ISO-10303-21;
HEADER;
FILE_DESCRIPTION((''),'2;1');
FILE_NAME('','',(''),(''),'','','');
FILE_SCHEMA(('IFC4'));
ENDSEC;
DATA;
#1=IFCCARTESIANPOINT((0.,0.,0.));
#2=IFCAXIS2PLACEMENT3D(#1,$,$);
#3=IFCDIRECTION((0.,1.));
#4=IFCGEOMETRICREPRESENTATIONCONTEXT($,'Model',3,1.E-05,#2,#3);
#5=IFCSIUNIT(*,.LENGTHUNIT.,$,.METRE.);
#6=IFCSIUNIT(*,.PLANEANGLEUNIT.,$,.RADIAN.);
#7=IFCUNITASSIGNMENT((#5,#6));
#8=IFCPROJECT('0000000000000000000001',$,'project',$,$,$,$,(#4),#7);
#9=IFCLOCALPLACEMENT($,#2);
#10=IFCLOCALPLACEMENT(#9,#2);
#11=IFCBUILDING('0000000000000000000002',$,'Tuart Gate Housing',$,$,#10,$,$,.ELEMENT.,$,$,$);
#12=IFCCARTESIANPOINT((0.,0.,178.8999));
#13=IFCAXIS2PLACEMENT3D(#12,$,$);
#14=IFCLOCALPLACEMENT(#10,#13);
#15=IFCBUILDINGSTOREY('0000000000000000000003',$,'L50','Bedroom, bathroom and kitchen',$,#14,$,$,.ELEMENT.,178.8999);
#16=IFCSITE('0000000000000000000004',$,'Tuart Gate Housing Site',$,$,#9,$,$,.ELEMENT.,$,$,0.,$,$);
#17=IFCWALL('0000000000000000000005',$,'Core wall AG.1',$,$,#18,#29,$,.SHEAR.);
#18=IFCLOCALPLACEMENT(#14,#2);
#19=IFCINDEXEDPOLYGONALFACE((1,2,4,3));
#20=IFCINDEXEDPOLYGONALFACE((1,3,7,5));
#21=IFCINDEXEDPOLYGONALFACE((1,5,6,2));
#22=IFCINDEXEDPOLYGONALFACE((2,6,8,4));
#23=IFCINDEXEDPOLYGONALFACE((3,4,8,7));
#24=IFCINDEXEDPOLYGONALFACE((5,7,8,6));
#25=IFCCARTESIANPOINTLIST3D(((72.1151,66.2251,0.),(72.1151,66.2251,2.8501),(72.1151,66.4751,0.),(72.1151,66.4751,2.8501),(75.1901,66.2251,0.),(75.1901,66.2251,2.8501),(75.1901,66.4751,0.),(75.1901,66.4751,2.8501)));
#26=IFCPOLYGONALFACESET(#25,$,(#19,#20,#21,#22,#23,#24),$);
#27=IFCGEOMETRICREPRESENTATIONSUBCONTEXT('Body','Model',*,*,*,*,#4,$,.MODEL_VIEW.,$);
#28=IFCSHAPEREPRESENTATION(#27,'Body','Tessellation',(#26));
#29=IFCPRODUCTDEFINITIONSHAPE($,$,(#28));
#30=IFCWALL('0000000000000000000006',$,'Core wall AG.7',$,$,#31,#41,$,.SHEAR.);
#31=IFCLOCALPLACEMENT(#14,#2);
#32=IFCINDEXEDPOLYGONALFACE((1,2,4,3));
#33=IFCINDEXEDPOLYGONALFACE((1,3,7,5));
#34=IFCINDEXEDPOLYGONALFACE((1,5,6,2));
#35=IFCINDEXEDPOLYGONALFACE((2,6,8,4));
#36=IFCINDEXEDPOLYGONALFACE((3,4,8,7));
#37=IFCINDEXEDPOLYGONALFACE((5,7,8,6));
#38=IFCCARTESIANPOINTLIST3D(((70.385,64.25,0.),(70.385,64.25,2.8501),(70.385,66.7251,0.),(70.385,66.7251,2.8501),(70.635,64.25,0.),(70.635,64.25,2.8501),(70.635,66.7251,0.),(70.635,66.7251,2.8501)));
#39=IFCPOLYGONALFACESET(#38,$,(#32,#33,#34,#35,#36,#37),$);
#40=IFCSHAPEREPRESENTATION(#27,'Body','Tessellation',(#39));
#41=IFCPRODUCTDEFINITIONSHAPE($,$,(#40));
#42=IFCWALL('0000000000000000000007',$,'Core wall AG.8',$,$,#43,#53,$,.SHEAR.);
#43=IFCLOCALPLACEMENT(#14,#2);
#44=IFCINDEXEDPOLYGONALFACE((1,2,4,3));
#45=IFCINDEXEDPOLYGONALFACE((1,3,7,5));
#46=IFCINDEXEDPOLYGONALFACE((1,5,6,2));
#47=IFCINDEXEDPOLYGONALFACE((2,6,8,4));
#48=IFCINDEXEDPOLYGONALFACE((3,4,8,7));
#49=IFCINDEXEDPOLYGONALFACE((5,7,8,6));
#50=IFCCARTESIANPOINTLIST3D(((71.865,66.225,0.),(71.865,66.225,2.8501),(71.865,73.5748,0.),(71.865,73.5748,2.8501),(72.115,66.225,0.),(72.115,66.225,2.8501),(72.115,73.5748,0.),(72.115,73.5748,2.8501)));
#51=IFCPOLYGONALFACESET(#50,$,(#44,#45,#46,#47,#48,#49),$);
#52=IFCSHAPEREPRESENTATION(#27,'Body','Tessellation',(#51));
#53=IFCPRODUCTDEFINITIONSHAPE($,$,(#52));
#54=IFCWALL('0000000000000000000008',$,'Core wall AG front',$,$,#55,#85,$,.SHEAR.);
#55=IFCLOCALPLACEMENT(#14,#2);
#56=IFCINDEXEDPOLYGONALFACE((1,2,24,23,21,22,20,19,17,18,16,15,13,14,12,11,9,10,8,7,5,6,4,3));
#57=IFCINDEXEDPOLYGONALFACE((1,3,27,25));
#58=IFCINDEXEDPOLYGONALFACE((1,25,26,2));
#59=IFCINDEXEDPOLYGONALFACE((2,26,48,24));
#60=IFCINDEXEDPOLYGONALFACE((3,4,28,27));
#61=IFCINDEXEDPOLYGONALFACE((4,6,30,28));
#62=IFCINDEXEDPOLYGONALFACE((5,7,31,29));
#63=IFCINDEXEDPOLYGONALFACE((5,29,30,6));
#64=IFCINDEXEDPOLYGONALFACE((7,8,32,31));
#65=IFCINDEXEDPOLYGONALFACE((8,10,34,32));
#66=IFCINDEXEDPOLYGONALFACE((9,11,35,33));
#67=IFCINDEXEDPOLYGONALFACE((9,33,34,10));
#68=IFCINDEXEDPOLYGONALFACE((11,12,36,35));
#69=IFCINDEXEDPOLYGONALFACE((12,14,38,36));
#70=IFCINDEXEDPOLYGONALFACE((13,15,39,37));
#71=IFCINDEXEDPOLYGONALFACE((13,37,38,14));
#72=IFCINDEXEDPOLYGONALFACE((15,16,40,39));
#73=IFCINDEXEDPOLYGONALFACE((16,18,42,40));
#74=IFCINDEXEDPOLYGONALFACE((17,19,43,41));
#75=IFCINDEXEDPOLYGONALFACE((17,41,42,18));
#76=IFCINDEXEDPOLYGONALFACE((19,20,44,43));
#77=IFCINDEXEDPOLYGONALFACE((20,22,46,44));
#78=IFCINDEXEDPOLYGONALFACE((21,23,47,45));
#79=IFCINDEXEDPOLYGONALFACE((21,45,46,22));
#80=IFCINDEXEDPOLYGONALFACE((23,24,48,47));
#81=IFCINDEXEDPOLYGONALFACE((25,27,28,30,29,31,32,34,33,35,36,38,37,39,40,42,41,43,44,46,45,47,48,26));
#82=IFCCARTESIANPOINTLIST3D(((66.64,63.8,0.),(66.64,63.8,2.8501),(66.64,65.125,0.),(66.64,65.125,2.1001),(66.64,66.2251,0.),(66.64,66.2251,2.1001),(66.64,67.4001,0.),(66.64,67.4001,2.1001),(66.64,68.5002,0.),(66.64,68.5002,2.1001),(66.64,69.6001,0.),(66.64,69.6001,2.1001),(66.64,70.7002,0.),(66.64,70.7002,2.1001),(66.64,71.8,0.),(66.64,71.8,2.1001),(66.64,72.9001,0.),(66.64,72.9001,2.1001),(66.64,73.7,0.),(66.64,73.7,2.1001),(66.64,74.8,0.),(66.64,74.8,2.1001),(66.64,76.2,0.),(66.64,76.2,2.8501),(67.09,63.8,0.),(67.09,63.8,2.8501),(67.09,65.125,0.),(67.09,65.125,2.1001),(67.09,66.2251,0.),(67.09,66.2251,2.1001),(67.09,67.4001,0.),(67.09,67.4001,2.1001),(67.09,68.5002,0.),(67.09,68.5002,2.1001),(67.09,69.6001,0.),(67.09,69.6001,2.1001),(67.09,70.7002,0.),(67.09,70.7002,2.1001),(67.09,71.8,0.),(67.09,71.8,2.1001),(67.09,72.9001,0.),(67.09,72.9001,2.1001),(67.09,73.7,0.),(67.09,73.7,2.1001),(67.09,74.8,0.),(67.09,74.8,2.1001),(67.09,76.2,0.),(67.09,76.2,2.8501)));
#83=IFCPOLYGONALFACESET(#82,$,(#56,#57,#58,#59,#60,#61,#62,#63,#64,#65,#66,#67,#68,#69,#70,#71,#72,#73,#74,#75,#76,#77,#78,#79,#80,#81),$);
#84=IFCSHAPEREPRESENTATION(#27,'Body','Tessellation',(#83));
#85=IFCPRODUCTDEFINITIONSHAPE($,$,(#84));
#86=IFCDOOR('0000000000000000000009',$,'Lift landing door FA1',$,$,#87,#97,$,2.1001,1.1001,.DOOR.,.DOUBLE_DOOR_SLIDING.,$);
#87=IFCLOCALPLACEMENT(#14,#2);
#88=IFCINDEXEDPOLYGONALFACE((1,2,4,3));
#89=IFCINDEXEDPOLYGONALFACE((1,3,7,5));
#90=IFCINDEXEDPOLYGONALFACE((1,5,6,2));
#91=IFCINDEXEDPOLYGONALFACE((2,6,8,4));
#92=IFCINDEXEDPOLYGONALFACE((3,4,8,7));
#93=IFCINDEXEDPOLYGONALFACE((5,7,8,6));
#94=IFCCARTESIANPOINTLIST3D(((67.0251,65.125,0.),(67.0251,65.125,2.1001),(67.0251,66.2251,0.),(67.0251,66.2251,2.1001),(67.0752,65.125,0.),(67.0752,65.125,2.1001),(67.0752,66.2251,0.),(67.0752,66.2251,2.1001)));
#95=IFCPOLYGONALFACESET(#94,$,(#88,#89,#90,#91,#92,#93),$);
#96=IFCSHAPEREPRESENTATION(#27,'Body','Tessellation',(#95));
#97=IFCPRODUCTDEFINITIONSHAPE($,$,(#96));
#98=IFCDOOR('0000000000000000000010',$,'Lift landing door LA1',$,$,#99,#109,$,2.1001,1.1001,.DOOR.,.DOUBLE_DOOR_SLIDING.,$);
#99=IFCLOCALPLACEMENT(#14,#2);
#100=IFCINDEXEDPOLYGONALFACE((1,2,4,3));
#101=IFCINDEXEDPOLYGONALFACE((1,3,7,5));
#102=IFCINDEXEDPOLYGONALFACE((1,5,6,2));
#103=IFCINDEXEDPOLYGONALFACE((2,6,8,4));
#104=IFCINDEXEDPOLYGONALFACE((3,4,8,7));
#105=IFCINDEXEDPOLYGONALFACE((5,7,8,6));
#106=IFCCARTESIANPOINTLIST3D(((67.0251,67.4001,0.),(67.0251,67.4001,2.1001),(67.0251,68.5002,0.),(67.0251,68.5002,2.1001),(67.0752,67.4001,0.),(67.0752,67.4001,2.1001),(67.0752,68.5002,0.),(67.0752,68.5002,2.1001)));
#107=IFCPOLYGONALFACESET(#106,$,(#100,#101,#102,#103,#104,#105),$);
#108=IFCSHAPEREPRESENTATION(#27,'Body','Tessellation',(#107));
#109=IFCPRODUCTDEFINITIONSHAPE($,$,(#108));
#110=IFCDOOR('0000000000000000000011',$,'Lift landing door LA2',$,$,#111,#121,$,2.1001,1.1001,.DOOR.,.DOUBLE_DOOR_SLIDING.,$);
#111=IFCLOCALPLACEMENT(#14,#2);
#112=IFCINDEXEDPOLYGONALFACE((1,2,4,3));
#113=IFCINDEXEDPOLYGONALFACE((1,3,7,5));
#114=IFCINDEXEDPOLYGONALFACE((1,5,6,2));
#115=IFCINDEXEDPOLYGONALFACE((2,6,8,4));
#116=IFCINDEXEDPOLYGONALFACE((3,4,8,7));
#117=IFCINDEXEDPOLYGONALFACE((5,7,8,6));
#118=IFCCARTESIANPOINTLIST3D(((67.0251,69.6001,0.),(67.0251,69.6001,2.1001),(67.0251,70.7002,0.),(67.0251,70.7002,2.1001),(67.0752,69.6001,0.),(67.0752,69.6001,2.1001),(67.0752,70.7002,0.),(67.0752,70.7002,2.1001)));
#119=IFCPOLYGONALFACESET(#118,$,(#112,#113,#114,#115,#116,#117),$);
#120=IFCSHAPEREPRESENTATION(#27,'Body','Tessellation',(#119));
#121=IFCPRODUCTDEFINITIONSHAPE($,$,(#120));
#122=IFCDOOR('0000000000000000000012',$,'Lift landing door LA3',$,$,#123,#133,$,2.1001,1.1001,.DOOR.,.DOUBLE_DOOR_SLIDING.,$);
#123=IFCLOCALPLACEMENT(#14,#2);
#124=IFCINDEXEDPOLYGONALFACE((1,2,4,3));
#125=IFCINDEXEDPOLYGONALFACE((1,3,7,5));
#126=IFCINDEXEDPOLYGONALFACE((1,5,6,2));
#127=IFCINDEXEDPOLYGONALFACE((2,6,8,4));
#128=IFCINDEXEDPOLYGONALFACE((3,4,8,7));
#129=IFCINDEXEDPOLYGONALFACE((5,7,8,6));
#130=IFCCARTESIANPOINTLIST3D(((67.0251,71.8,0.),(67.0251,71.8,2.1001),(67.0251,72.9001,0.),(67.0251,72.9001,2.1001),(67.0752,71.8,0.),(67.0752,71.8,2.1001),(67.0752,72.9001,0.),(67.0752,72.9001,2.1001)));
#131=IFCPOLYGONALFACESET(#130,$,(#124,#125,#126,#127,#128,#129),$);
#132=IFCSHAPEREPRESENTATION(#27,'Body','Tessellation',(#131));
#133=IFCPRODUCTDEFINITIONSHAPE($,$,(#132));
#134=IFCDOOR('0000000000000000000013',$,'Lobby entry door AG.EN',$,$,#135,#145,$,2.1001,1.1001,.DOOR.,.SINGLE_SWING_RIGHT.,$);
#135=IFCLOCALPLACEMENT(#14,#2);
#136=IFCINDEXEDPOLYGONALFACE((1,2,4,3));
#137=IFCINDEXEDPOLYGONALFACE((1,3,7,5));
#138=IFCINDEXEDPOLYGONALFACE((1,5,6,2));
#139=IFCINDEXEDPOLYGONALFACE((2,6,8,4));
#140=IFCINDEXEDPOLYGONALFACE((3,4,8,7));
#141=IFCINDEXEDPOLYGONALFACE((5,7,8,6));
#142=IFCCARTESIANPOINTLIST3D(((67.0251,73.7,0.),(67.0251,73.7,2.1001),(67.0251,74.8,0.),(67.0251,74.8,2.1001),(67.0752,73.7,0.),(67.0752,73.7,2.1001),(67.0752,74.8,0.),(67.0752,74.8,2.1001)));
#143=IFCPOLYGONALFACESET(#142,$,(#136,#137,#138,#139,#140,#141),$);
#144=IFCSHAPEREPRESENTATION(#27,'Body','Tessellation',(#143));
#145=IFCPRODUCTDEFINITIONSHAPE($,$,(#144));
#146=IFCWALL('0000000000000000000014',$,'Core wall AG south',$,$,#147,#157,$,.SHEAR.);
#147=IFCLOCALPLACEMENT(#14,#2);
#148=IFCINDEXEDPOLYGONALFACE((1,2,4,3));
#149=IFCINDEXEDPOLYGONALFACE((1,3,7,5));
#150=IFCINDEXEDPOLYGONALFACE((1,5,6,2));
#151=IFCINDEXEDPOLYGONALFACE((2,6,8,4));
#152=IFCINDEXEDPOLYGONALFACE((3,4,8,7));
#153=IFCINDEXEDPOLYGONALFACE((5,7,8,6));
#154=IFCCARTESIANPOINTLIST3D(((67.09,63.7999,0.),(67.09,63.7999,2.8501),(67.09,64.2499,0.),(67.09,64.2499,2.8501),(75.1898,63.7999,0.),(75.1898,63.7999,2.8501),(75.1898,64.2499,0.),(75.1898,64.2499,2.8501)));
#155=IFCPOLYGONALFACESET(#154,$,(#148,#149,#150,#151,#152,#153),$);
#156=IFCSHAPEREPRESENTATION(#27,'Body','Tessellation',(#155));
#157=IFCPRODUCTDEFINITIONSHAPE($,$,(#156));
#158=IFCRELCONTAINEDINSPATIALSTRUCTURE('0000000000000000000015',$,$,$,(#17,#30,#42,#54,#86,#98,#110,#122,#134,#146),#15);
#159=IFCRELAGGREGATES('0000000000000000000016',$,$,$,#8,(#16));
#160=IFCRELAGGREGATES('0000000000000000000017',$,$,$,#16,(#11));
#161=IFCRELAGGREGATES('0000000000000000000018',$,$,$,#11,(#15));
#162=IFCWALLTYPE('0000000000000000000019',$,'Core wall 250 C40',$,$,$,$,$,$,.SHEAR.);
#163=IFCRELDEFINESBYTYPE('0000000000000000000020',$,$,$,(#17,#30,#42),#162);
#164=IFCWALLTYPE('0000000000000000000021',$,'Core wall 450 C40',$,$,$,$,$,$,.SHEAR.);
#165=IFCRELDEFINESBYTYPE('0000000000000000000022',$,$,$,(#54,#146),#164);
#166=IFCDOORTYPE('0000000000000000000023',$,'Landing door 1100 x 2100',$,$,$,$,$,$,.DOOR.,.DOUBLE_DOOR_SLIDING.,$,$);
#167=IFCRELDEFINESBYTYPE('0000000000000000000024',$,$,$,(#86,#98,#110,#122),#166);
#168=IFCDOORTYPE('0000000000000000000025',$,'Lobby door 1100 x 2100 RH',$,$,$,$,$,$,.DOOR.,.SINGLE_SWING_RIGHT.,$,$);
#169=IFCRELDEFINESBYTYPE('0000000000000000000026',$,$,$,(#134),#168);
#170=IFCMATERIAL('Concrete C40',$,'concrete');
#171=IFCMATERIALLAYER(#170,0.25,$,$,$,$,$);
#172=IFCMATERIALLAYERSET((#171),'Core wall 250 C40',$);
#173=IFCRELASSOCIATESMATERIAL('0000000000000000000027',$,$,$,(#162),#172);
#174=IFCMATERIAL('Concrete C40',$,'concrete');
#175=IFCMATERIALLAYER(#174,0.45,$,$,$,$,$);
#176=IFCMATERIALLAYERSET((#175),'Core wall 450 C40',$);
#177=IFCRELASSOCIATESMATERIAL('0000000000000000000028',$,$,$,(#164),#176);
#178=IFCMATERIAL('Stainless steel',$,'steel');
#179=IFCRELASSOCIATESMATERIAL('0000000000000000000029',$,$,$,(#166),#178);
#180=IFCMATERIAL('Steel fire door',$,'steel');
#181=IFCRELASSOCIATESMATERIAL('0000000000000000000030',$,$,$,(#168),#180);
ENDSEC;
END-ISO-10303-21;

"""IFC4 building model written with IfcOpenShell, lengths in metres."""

from ifc_helpers import new_model, si_unit, direction, frame, frame_2d, origin, place, context, subcontext, project, spatial, rectangle, extrude, material, layer, layer_set, type_object, element, fill, save


model = new_model("IFC4")

# Units and contexts
model_context = context("Model", 3, precision=1e-05, world=origin(), true_north=direction((0.0, 1.0)))
body_context = subcontext(model_context, "Body", "Model", "MODEL_VIEW")
ifc_project = project(units=[si_unit("LENGTHUNIT", "METRE"), si_unit("PLANEANGLEUNIT", "RADIAN")], contexts=[model_context])

# Site, building, storey
site_placement = place(None, origin())
site = spatial("IfcSite", under=ifc_project, at=site_placement, Name="Tuart Gate Housing Site", CompositionType="ELEMENT", RefElevation=0.0)
building_placement = place(site_placement, origin())
building = spatial("IfcBuilding", under=site, at=building_placement, Name="Tuart Gate Housing", CompositionType="ELEMENT")
storey_placement = place(building_placement, frame((0.0, 0.0, 178.8999)))
storey = spatial("IfcBuildingStorey", under=building, at=storey_placement, Name="L50", Description="Bedroom, bathroom and kitchen", CompositionType="ELEMENT", Elevation=178.8999)

# Walls
ifc_material_1 = material(Name="Concrete C40", Category="concrete")
ifc_layer_1 = layer(ifc_material_1, 0.25)
ifc_layer_set_1 = layer_set([ifc_layer_1], Name="Core wall 250 C40")
wall_type_1 = type_object("IfcWallType", Name="Core wall 250 C40", PredefinedType="SHEAR", material=ifc_layer_set_1)
wall_1_placement = place(storey_placement, frame((72.115, 66.3501, 0.0), z_axis=(0.0, 0.0, 1.0), x_axis=(1.0, 0.0, 0.0)))
element("IfcWall", 1, at=wall_1_placement, inside=storey, type_object=wall_type_1, Name="Core wall AG.1", PredefinedType="SHEAR", context=body_context, shape_type="SweptSolid", body=[
    extrude(rectangle(XDim=3.075, YDim=0.25, at=frame_2d((1.5376, 0.0))), origin(), (0.0, 0.0, 1.0), 2.8501),
])
wall_2_placement = place(storey_placement, frame((70.51, 64.25, 0.0), z_axis=(0.0, 0.0, 1.0), x_axis=(0.0, 1.0, 0.0)))
element("IfcWall", 2, at=wall_2_placement, inside=storey, type_object=wall_type_1, Name="Core wall AG.7", PredefinedType="SHEAR", context=body_context, shape_type="SweptSolid", body=[
    extrude(rectangle(XDim=2.4751, YDim=0.25, at=frame_2d((1.2375, 0.0))), origin(), (0.0, 0.0, 1.0), 2.8501),
])
wall_3_placement = place(storey_placement, frame((71.99, 66.2251, 0.0), z_axis=(0.0, 0.0, 1.0), x_axis=(0.0, 1.0, 0.0)))
element("IfcWall", 3, at=wall_3_placement, inside=storey, type_object=wall_type_1, Name="Core wall AG.8", PredefinedType="SHEAR", context=body_context, shape_type="SweptSolid", body=[
    extrude(rectangle(XDim=7.3499, YDim=0.25, at=frame_2d((3.6748, 0.0))), origin(), (0.0, 0.0, 1.0), 2.8501),
])

# Wall, openings, doors
ifc_material_2 = material(Name="Concrete C40", Category="concrete")
ifc_layer_2 = layer(ifc_material_2, 0.45)
ifc_layer_set_2 = layer_set([ifc_layer_2], Name="Core wall 450 C40")
wall_type_2 = type_object("IfcWallType", Name="Core wall 450 C40", PredefinedType="SHEAR", material=ifc_layer_set_2)
wall_4_placement = place(storey_placement, frame((66.865, 63.8, 0.0), z_axis=(0.0, 0.0, 1.0), x_axis=(0.0, 1.0, 0.0)))
wall_4 = element("IfcWall", 4, at=wall_4_placement, inside=storey, type_object=wall_type_2, Name="Core wall AG front", PredefinedType="SHEAR", context=body_context, shape_type="SweptSolid", body=[
    extrude(rectangle(XDim=12.3999, YDim=0.45, at=frame_2d((6.2, 0.0))), origin(), (0.0, 0.0, 1.0), 2.8501),
])
opening_1_placement = place(wall_4_placement, frame((1.325, 0.0, 0.0)))
opening_1 = element("IfcOpeningElement", 5, at=opening_1_placement, cuts=wall_4, PredefinedType="OPENING", context=body_context, shape_type="SweptSolid", body=[
    extrude(rectangle(XDim=1.1001, YDim=2.1001, at=frame_2d((0.55, 1.05))), frame((0.0, 0.2349, 0.0), z_axis=(0.0, -1.0, 0.0), x_axis=(1.0, 0.0, 0.0)), (0.0, 0.0, 1.0), 0.47),
])
opening_2_placement = place(wall_4_placement, frame((3.6001, 0.0, 0.0)))
opening_2 = element("IfcOpeningElement", 6, at=opening_2_placement, cuts=wall_4, PredefinedType="OPENING", context=body_context, shape_type="SweptSolid", body=[
    extrude(rectangle(XDim=1.1001, YDim=2.1001, at=frame_2d((0.55, 1.05))), frame((0.0, 0.2349, 0.0), z_axis=(0.0, -1.0, 0.0), x_axis=(1.0, 0.0, 0.0)), (0.0, 0.0, 1.0), 0.47),
])
opening_3_placement = place(wall_4_placement, frame((5.8, 0.0, 0.0)))
opening_3 = element("IfcOpeningElement", 7, at=opening_3_placement, cuts=wall_4, PredefinedType="OPENING", context=body_context, shape_type="SweptSolid", body=[
    extrude(rectangle(XDim=1.1001, YDim=2.1001, at=frame_2d((0.55, 1.05))), frame((0.0, 0.2349, 0.0), z_axis=(0.0, -1.0, 0.0), x_axis=(1.0, 0.0, 0.0)), (0.0, 0.0, 1.0), 0.47),
])
opening_4_placement = place(wall_4_placement, frame((8.0, 0.0, 0.0)))
opening_4 = element("IfcOpeningElement", 8, at=opening_4_placement, cuts=wall_4, PredefinedType="OPENING", context=body_context, shape_type="SweptSolid", body=[
    extrude(rectangle(XDim=1.1001, YDim=2.1001, at=frame_2d((0.55, 1.05))), frame((0.0, 0.2349, 0.0), z_axis=(0.0, -1.0, 0.0), x_axis=(1.0, 0.0, 0.0)), (0.0, 0.0, 1.0), 0.47),
])
opening_5_placement = place(wall_4_placement, frame((9.8999, 0.0, 0.0)))
opening_5 = element("IfcOpeningElement", 9, at=opening_5_placement, cuts=wall_4, PredefinedType="OPENING", context=body_context, shape_type="SweptSolid", body=[
    extrude(rectangle(XDim=1.1001, YDim=2.1001, at=frame_2d((0.55, 1.05))), frame((0.0, 0.2349, 0.0), z_axis=(0.0, -1.0, 0.0), x_axis=(1.0, 0.0, 0.0)), (0.0, 0.0, 1.0), 0.47),
])
ifc_material_3 = material(Name="Stainless steel", Category="steel")
door_type_1 = type_object("IfcDoorType", Name="Landing door 1100 x 2100", OperationType="DOUBLE_DOOR_SLIDING", PredefinedType="DOOR", material=ifc_material_3)
door_1_placement = place(opening_1_placement, origin())
door_1 = element("IfcDoor", 10, at=door_1_placement, inside=storey, type_object=door_type_1, Name="Lift landing door FA1", OperationType="DOUBLE_DOOR_SLIDING", OverallHeight=2.1001, OverallWidth=1.1001, PredefinedType="DOOR", context=body_context, shape_type="SweptSolid", body=[
    extrude(rectangle(XDim=1.1001, YDim=2.1001, at=frame_2d((0.55, 1.05))), frame((0.0, -0.1602, 0.0), z_axis=(0.0, -1.0, 0.0), x_axis=(1.0, 0.0, 0.0)), (0.0, 0.0, 1.0), 0.05),
])
fill(opening_1, door_1)
door_2_placement = place(opening_2_placement, origin())
door_2 = element("IfcDoor", 11, at=door_2_placement, inside=storey, type_object=door_type_1, Name="Lift landing door LA1", OperationType="DOUBLE_DOOR_SLIDING", OverallHeight=2.1001, OverallWidth=1.1001, PredefinedType="DOOR", context=body_context, shape_type="SweptSolid", body=[
    extrude(rectangle(XDim=1.1001, YDim=2.1001, at=frame_2d((0.55, 1.05))), frame((0.0, -0.1602, 0.0), z_axis=(0.0, -1.0, 0.0), x_axis=(1.0, 0.0, 0.0)), (0.0, 0.0, 1.0), 0.05),
])
fill(opening_2, door_2)
door_3_placement = place(opening_3_placement, origin())
door_3 = element("IfcDoor", 12, at=door_3_placement, inside=storey, type_object=door_type_1, Name="Lift landing door LA2", OperationType="DOUBLE_DOOR_SLIDING", OverallHeight=2.1001, OverallWidth=1.1001, PredefinedType="DOOR", context=body_context, shape_type="SweptSolid", body=[
    extrude(rectangle(XDim=1.1001, YDim=2.1001, at=frame_2d((0.55, 1.05))), frame((0.0, -0.1602, 0.0), z_axis=(0.0, -1.0, 0.0), x_axis=(1.0, 0.0, 0.0)), (0.0, 0.0, 1.0), 0.05),
])
fill(opening_3, door_3)
door_4_placement = place(opening_4_placement, origin())
door_4 = element("IfcDoor", 13, at=door_4_placement, inside=storey, type_object=door_type_1, Name="Lift landing door LA3", OperationType="DOUBLE_DOOR_SLIDING", OverallHeight=2.1001, OverallWidth=1.1001, PredefinedType="DOOR", context=body_context, shape_type="SweptSolid", body=[
    extrude(rectangle(XDim=1.1001, YDim=2.1001, at=frame_2d((0.55, 1.05))), frame((0.0, -0.1602, 0.0), z_axis=(0.0, -1.0, 0.0), x_axis=(1.0, 0.0, 0.0)), (0.0, 0.0, 1.0), 0.05),
])
fill(opening_4, door_4)
ifc_material_4 = material(Name="Steel fire door", Category="steel")
door_type_2 = type_object("IfcDoorType", Name="Lobby door 1100 x 2100 RH", OperationType="SINGLE_SWING_RIGHT", PredefinedType="DOOR", material=ifc_material_4)
door_5_placement = place(opening_5_placement, frame((1.1001, 0.0, 0.0), z_axis=(0.0, 0.0, 1.0), x_axis=(-1.0, 0.0, 0.0)))
door_5 = element("IfcDoor", 14, at=door_5_placement, inside=storey, type_object=door_type_2, Name="Lobby entry door AG.EN", OperationType="SINGLE_SWING_RIGHT", OverallHeight=2.1001, OverallWidth=1.1001, PredefinedType="DOOR", context=body_context, shape_type="SweptSolid", body=[
    extrude(rectangle(XDim=1.1001, YDim=2.1001, at=frame_2d((0.55, 1.05))), frame((0.0, 0.2102, 0.0), z_axis=(0.0, -1.0, 0.0), x_axis=(1.0, 0.0, 0.0)), (0.0, 0.0, 1.0), 0.05),
])
fill(opening_5, door_5)

# Wall
wall_5_placement = place(storey_placement, frame((67.0901, 64.0249, 0.0), z_axis=(0.0, 0.0, 1.0), x_axis=(1.0, 0.0, 0.0)))
element("IfcWall", 15, at=wall_5_placement, inside=storey, type_object=wall_type_2, Name="Core wall AG south", PredefinedType="SHEAR", context=body_context, shape_type="SweptSolid", body=[
    extrude(rectangle(XDim=8.0999, YDim=0.45, at=frame_2d((4.0498, 0.0))), origin(), (0.0, 0.0, 1.0), 2.8501),
])

save(model, "model.ifc")
